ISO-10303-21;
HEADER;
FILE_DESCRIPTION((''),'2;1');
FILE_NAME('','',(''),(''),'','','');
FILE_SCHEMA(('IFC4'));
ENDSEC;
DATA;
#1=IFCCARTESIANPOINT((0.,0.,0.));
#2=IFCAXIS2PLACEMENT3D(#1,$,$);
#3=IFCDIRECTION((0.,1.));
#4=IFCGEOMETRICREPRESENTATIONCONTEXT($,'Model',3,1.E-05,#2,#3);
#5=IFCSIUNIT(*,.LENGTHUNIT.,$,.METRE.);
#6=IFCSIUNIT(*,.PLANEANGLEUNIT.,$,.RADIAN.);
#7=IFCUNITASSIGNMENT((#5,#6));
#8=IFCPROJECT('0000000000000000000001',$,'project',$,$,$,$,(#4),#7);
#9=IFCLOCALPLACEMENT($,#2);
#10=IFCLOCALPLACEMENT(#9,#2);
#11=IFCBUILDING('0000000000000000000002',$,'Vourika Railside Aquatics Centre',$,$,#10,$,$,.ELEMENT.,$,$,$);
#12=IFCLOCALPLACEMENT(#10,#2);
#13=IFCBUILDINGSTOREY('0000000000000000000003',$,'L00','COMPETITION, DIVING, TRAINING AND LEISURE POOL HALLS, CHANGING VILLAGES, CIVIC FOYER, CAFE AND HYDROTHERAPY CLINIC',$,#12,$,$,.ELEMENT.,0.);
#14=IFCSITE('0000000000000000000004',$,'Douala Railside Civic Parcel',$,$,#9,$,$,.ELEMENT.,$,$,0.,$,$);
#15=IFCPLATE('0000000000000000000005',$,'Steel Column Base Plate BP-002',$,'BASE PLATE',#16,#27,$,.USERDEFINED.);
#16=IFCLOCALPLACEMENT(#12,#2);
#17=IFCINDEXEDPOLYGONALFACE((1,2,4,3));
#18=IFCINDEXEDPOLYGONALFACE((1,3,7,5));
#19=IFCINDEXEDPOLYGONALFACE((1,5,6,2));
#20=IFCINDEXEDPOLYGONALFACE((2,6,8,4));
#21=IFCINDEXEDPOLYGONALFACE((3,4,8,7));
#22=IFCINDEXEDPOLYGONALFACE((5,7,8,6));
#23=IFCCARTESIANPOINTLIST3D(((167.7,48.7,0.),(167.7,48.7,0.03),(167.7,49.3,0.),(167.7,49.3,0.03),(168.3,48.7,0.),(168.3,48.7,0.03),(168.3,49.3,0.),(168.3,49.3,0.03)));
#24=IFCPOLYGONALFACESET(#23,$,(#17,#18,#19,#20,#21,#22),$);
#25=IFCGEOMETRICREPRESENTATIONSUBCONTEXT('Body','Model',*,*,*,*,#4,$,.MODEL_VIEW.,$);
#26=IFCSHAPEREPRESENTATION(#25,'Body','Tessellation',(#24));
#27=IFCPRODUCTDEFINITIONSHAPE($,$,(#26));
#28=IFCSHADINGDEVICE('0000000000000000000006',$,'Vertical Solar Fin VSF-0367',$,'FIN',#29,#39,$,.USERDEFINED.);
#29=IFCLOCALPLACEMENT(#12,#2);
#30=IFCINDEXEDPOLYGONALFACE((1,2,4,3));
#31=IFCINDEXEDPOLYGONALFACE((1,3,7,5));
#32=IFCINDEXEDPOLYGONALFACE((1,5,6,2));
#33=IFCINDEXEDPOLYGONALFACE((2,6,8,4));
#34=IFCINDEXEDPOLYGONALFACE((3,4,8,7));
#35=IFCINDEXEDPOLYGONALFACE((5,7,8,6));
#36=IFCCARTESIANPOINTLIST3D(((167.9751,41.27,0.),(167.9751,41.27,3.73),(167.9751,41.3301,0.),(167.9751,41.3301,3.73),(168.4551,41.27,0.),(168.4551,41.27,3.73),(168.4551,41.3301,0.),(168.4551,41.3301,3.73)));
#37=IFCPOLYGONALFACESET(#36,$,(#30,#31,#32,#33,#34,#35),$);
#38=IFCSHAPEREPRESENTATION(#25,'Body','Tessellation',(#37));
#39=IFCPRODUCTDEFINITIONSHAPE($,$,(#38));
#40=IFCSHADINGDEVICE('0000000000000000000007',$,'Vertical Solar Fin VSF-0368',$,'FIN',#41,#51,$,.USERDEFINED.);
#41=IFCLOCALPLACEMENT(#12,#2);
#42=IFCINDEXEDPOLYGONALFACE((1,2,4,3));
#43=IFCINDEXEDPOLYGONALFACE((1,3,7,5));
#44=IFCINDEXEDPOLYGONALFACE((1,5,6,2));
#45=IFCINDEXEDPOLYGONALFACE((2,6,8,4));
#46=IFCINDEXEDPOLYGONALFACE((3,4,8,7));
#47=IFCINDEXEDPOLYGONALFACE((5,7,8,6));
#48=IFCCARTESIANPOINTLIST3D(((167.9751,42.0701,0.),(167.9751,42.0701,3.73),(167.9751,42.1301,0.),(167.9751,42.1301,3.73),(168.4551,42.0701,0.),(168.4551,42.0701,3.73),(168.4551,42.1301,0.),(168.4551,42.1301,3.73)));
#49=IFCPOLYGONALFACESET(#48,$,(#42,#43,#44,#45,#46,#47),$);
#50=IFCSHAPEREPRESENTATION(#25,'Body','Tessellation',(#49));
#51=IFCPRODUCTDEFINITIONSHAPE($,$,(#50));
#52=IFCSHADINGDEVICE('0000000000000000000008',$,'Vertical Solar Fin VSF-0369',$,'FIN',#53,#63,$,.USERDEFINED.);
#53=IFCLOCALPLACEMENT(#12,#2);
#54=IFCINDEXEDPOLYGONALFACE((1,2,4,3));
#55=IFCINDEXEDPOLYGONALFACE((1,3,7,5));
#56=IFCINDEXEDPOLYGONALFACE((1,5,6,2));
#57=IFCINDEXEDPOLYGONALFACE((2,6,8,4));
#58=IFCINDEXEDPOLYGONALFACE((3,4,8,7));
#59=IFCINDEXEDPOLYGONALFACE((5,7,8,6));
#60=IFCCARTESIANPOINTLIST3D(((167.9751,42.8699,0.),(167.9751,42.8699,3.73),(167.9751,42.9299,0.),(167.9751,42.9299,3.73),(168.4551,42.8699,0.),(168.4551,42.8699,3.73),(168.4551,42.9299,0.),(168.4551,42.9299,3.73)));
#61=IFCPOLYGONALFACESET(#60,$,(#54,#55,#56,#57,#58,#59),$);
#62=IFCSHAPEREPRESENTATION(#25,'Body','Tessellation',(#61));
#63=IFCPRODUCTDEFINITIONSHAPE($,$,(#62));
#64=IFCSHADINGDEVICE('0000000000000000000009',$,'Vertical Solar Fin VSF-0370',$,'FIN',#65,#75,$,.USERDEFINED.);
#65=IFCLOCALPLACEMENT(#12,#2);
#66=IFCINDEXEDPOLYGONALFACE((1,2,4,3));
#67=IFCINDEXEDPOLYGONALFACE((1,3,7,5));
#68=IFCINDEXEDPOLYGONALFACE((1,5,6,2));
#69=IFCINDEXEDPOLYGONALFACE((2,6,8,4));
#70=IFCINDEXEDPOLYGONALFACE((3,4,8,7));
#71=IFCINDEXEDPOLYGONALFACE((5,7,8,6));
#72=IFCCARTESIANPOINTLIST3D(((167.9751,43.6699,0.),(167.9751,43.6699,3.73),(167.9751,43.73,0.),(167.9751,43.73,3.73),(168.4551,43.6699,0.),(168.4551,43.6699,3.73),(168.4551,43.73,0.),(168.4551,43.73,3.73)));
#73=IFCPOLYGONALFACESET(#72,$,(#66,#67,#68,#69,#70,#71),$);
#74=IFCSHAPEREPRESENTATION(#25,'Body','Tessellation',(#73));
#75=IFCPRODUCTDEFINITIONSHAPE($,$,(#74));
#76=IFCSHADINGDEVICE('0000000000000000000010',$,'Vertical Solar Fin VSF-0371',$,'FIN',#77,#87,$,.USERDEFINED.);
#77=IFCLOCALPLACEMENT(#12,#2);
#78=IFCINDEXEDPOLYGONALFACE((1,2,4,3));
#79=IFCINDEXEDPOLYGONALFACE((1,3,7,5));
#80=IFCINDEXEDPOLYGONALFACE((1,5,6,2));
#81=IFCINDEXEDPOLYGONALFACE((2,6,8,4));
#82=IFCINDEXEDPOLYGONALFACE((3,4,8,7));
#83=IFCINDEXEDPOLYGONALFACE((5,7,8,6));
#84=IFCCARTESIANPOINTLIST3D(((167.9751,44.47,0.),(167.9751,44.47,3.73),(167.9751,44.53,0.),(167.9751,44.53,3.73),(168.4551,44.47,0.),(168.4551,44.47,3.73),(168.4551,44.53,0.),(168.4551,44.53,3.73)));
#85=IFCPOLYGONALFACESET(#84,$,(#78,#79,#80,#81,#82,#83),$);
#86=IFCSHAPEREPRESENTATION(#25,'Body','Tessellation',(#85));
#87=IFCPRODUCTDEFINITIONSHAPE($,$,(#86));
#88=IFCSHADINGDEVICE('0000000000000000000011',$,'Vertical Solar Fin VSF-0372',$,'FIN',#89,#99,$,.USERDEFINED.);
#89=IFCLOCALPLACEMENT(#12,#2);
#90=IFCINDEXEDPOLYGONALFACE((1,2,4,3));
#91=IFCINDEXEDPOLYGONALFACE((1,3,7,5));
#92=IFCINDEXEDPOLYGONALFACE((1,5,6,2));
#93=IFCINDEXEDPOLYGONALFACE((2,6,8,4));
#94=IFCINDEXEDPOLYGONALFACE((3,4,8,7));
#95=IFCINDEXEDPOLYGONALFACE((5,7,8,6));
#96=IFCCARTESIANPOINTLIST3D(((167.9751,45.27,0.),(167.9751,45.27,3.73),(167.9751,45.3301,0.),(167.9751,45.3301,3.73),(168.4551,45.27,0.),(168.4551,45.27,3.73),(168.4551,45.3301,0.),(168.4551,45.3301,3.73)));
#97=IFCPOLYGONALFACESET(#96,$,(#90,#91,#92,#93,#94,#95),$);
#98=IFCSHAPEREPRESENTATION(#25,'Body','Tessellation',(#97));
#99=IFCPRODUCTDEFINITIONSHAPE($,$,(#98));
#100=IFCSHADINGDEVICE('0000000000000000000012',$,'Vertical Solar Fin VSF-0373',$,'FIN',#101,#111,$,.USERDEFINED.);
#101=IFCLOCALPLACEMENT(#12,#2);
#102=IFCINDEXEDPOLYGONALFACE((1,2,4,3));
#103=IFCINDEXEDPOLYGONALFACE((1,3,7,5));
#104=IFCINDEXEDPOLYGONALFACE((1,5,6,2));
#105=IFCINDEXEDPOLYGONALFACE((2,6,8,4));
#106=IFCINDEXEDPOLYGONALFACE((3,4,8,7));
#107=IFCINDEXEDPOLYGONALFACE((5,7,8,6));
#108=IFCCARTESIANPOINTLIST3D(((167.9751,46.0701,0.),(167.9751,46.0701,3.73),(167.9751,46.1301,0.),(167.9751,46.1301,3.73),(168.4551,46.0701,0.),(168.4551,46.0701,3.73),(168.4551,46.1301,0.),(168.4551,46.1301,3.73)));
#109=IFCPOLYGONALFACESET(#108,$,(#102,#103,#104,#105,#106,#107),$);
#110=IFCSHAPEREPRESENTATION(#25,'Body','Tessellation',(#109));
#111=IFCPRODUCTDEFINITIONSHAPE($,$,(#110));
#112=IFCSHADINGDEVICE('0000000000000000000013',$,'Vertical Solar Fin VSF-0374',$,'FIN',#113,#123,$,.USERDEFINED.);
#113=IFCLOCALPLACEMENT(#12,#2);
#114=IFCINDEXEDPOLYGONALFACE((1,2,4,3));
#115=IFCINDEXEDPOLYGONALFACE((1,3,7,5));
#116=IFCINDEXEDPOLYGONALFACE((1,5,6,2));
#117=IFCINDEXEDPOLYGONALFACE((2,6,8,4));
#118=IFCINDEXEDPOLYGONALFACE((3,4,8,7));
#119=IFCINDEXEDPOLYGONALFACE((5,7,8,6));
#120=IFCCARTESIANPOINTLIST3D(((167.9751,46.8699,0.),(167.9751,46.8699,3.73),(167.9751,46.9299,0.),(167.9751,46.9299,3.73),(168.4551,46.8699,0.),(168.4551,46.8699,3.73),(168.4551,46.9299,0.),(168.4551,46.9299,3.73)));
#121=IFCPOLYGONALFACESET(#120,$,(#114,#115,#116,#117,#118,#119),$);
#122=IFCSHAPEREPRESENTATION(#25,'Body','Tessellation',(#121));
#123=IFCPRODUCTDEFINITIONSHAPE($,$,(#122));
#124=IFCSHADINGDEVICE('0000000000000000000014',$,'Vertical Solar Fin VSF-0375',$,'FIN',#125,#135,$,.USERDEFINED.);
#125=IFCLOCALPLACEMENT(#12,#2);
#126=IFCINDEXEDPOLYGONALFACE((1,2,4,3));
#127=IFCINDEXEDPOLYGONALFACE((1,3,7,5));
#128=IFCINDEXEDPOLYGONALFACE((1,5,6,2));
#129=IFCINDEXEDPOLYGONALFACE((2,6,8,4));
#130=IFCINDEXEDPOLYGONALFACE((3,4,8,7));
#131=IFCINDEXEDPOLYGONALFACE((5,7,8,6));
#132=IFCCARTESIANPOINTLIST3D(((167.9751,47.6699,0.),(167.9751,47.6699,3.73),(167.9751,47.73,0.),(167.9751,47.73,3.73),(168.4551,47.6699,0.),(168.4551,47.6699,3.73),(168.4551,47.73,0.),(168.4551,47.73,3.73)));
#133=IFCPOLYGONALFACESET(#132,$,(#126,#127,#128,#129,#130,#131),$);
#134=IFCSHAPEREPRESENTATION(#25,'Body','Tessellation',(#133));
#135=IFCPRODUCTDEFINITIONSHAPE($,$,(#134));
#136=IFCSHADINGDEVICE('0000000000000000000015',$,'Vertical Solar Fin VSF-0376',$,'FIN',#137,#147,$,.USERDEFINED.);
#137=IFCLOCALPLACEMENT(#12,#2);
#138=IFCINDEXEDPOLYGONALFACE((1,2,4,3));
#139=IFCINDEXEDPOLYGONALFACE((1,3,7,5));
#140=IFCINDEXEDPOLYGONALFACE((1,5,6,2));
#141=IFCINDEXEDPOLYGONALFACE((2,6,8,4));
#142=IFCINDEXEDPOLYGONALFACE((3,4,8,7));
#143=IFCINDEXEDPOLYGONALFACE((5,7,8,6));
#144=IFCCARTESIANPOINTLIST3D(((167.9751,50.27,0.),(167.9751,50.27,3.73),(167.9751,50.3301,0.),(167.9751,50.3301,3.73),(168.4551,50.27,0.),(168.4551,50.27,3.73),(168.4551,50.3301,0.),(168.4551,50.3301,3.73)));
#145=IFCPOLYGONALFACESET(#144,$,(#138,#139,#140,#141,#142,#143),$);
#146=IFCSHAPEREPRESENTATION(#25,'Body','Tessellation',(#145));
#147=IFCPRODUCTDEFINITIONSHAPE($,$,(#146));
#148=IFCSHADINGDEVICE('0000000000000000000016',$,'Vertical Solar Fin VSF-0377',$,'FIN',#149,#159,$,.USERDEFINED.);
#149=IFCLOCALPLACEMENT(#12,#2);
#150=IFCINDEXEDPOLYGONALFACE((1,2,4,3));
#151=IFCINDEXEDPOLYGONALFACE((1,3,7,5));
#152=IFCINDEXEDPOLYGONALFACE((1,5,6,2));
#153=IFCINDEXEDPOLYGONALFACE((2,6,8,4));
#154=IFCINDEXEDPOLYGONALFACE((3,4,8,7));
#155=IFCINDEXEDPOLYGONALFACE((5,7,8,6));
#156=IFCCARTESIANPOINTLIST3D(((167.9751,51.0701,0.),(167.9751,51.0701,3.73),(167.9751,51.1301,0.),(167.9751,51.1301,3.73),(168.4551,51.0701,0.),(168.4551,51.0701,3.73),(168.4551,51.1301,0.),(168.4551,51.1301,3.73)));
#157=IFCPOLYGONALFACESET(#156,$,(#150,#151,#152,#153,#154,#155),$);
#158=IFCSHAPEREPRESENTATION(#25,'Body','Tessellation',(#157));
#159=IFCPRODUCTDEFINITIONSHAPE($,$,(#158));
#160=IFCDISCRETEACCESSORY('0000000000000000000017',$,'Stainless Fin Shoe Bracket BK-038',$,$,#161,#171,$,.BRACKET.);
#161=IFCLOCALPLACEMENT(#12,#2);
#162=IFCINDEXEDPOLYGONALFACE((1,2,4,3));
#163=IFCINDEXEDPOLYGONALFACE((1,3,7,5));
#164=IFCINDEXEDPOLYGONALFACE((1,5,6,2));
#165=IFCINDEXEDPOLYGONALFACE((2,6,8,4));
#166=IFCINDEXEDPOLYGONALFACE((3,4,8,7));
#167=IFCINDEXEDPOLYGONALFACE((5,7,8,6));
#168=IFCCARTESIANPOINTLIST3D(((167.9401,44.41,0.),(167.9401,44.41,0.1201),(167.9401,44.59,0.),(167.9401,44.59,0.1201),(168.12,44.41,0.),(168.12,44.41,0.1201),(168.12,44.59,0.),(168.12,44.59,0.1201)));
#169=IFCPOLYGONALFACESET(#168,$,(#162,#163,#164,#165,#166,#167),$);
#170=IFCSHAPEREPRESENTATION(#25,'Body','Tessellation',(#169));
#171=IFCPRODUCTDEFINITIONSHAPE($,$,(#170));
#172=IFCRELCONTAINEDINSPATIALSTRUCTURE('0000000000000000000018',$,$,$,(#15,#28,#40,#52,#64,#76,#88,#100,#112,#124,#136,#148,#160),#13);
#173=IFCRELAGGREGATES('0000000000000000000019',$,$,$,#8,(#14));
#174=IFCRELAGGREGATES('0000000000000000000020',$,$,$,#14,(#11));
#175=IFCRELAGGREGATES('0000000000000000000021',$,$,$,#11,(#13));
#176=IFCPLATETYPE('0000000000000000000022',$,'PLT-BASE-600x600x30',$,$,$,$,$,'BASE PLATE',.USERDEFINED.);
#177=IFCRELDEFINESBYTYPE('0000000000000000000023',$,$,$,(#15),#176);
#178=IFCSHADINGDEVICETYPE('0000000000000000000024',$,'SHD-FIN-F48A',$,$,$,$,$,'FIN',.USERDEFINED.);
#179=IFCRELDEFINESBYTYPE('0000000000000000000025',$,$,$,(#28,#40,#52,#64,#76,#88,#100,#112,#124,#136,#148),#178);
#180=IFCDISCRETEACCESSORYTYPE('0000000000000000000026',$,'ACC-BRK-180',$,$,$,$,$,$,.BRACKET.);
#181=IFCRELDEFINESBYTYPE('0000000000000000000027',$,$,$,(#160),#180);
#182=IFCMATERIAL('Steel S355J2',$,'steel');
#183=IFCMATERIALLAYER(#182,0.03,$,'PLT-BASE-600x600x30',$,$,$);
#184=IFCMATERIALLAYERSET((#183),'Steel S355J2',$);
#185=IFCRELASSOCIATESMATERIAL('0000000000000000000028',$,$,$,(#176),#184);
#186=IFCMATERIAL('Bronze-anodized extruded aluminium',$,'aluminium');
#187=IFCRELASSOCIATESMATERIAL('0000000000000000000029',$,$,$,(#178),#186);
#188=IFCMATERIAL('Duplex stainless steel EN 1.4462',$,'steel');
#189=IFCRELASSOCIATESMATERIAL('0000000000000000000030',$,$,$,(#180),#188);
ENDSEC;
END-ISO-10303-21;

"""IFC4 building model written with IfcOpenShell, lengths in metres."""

from ifc_helpers import new_model, si_unit, direction, frame, origin, origin_2d, place, context, subcontext, project, spatial, rectangle, extrude, material, layer, layer_set, material_profile, profile_set, type_object, element, save


model = new_model("IFC4")

# Units and contexts
model_context = context("Model", 3, precision=1e-05, world=origin(), true_north=direction((0.0, 1.0)))
body_context = subcontext(model_context, "Body", "Model", "MODEL_VIEW")
ifc_project = project(units=[si_unit("LENGTHUNIT", "METRE"), si_unit("PLANEANGLEUNIT", "RADIAN")], contexts=[model_context])

# Site, building, storey
site_placement = place(None, origin())
site = spatial("IfcSite", under=ifc_project, at=site_placement, Name="Douala Railside Civic Parcel", CompositionType="ELEMENT", RefElevation=0.0)
building_placement = place(site_placement, origin())
building = spatial("IfcBuilding", under=site, at=building_placement, Name="Vourika Railside Aquatics Centre", CompositionType="ELEMENT")
storey_placement = place(building_placement, origin())
storey = spatial("IfcBuildingStorey", under=building, at=storey_placement, Name="L00", Description="COMPETITION, DIVING, TRAINING AND LEISURE POOL HALLS, CHANGING VILLAGES, CIVIC FOYER, CAFE AND HYDROTHERAPY CLINIC", CompositionType="ELEMENT", Elevation=0.0)

# Shared definitions
ifc_material_1 = material(Name="Steel S355J2", Category="steel")

# Plate
ifc_layer_1 = layer(ifc_material_1, 0.03, Name="PLT-BASE-600x600x30")
ifc_layer_set_1 = layer_set([ifc_layer_1], Name="Steel S355J2")
plate_type_1 = type_object("IfcPlateType", Name="PLT-BASE-600x600x30", ElementType="BASE PLATE", PredefinedType="USERDEFINED", material=ifc_layer_set_1)
plate_1_placement = place(storey_placement, frame((168.0, 49.0, 0.0), z_axis=(0.0, 0.0, 1.0), x_axis=(1.0, 0.0, 0.0)))
element("IfcPlate", 1, at=plate_1_placement, inside=storey, type_object=plate_type_1, Name="Steel Column Base Plate BP-002", ObjectType="BASE PLATE", PredefinedType="USERDEFINED", context=body_context, shape_type="SweptSolid", body=[
    extrude(rectangle(XDim=0.6001, YDim=0.6001, at=origin_2d()), origin(), (0.0, 0.0, 1.0), 0.03),
])

# Shading devices
ifc_material_2 = material(Name="Bronze-anodized extruded aluminium", Category="aluminium")
ifc_material_profile_1 = material_profile(ifc_material_2, rectangle(XDim=0.0601, YDim=0.48, at=origin_2d()), Name="ALU-FIN 60x480")
ifc_profile_set_1 = profile_set([ifc_material_profile_1], Name="Bronze-anodized extruded aluminium")
shading_device_type = type_object("IfcShadingDeviceType", Name="SHD-FIN-F48A", ElementType="FIN", PredefinedType="USERDEFINED", material=ifc_profile_set_1)
for number, where, z_axis, x_axis, name in (
    (2, (168.2151, 41.3, 0.0), (0.0, 0.0, 1.0), (0.0, -1.0, 0.0), "Vertical Solar Fin VSF-0367"),
    (3, (168.2151, 42.1001, 0.0), (0.0, 0.0, 1.0), (0.0, -1.0, 0.0), "Vertical Solar Fin VSF-0368"),
    (4, (168.2151, 42.8999, 0.0), (0.0, 0.0, 1.0), (0.0, -1.0, 0.0), "Vertical Solar Fin VSF-0369"),
    (5, (168.2151, 43.7, 0.0), (0.0, 0.0, 1.0), (0.0, -1.0, 0.0), "Vertical Solar Fin VSF-0370"),
    (6, (168.2151, 44.5, 0.0), (0.0, 0.0, 1.0), (0.0, -1.0, 0.0), "Vertical Solar Fin VSF-0371"),
    (7, (168.2151, 45.3, 0.0), (0.0, 0.0, 1.0), (0.0, -1.0, 0.0), "Vertical Solar Fin VSF-0372"),
    (8, (168.2151, 46.1001, 0.0), (0.0, 0.0, 1.0), (0.0, -1.0, 0.0), "Vertical Solar Fin VSF-0373"),
    (9, (168.2151, 46.8999, 0.0), (0.0, 0.0, 1.0), (0.0, -1.0, 0.0), "Vertical Solar Fin VSF-0374"),
    (10, (168.2151, 47.7, 0.0), (0.0, 0.0, 1.0), (0.0, -1.0, 0.0), "Vertical Solar Fin VSF-0375"),
    (11, (168.2151, 50.3, 0.0), (0.0, 0.0, 1.0), (0.0, -1.0, 0.0), "Vertical Solar Fin VSF-0376"),
    (12, (168.2151, 51.1001, 0.0), (0.0, 0.0, 1.0), (0.0, -1.0, 0.0), "Vertical Solar Fin VSF-0377"),
):
    element("IfcShadingDevice", number, at=place(storey_placement, frame(where, z_axis=z_axis, x_axis=x_axis)), inside=storey, type_object=shading_device_type, Name=name, ObjectType="FIN", PredefinedType="USERDEFINED", context=body_context, shape_type="SweptSolid", body=[
        extrude(rectangle(XDim=0.0601, YDim=0.48, at=origin_2d()), origin(), (0.0, 0.0, 1.0), 3.73),
    ])

# Discrete accessory
ifc_material_3 = material(Name="Duplex stainless steel EN 1.4462", Category="steel")
discrete_accessory_type = type_object("IfcDiscreteAccessoryType", Name="ACC-BRK-180", PredefinedType="BRACKET", material=ifc_material_3)
discrete_accessory_placement = place(storey_placement, frame((168.03, 44.5, 0.0), z_axis=(0.0, 0.0, 1.0), x_axis=(1.0, 0.0, 0.0)))
element("IfcDiscreteAccessory", 13, at=discrete_accessory_placement, inside=storey, type_object=discrete_accessory_type, Name="Stainless Fin Shoe Bracket BK-038", PredefinedType="BRACKET", context=body_context, shape_type="SweptSolid", body=[
    extrude(rectangle(XDim=0.1799, YDim=0.1799, at=origin_2d()), origin(), (0.0, 0.0, 1.0), 0.1201),
])

save(model, "model.ifc")
